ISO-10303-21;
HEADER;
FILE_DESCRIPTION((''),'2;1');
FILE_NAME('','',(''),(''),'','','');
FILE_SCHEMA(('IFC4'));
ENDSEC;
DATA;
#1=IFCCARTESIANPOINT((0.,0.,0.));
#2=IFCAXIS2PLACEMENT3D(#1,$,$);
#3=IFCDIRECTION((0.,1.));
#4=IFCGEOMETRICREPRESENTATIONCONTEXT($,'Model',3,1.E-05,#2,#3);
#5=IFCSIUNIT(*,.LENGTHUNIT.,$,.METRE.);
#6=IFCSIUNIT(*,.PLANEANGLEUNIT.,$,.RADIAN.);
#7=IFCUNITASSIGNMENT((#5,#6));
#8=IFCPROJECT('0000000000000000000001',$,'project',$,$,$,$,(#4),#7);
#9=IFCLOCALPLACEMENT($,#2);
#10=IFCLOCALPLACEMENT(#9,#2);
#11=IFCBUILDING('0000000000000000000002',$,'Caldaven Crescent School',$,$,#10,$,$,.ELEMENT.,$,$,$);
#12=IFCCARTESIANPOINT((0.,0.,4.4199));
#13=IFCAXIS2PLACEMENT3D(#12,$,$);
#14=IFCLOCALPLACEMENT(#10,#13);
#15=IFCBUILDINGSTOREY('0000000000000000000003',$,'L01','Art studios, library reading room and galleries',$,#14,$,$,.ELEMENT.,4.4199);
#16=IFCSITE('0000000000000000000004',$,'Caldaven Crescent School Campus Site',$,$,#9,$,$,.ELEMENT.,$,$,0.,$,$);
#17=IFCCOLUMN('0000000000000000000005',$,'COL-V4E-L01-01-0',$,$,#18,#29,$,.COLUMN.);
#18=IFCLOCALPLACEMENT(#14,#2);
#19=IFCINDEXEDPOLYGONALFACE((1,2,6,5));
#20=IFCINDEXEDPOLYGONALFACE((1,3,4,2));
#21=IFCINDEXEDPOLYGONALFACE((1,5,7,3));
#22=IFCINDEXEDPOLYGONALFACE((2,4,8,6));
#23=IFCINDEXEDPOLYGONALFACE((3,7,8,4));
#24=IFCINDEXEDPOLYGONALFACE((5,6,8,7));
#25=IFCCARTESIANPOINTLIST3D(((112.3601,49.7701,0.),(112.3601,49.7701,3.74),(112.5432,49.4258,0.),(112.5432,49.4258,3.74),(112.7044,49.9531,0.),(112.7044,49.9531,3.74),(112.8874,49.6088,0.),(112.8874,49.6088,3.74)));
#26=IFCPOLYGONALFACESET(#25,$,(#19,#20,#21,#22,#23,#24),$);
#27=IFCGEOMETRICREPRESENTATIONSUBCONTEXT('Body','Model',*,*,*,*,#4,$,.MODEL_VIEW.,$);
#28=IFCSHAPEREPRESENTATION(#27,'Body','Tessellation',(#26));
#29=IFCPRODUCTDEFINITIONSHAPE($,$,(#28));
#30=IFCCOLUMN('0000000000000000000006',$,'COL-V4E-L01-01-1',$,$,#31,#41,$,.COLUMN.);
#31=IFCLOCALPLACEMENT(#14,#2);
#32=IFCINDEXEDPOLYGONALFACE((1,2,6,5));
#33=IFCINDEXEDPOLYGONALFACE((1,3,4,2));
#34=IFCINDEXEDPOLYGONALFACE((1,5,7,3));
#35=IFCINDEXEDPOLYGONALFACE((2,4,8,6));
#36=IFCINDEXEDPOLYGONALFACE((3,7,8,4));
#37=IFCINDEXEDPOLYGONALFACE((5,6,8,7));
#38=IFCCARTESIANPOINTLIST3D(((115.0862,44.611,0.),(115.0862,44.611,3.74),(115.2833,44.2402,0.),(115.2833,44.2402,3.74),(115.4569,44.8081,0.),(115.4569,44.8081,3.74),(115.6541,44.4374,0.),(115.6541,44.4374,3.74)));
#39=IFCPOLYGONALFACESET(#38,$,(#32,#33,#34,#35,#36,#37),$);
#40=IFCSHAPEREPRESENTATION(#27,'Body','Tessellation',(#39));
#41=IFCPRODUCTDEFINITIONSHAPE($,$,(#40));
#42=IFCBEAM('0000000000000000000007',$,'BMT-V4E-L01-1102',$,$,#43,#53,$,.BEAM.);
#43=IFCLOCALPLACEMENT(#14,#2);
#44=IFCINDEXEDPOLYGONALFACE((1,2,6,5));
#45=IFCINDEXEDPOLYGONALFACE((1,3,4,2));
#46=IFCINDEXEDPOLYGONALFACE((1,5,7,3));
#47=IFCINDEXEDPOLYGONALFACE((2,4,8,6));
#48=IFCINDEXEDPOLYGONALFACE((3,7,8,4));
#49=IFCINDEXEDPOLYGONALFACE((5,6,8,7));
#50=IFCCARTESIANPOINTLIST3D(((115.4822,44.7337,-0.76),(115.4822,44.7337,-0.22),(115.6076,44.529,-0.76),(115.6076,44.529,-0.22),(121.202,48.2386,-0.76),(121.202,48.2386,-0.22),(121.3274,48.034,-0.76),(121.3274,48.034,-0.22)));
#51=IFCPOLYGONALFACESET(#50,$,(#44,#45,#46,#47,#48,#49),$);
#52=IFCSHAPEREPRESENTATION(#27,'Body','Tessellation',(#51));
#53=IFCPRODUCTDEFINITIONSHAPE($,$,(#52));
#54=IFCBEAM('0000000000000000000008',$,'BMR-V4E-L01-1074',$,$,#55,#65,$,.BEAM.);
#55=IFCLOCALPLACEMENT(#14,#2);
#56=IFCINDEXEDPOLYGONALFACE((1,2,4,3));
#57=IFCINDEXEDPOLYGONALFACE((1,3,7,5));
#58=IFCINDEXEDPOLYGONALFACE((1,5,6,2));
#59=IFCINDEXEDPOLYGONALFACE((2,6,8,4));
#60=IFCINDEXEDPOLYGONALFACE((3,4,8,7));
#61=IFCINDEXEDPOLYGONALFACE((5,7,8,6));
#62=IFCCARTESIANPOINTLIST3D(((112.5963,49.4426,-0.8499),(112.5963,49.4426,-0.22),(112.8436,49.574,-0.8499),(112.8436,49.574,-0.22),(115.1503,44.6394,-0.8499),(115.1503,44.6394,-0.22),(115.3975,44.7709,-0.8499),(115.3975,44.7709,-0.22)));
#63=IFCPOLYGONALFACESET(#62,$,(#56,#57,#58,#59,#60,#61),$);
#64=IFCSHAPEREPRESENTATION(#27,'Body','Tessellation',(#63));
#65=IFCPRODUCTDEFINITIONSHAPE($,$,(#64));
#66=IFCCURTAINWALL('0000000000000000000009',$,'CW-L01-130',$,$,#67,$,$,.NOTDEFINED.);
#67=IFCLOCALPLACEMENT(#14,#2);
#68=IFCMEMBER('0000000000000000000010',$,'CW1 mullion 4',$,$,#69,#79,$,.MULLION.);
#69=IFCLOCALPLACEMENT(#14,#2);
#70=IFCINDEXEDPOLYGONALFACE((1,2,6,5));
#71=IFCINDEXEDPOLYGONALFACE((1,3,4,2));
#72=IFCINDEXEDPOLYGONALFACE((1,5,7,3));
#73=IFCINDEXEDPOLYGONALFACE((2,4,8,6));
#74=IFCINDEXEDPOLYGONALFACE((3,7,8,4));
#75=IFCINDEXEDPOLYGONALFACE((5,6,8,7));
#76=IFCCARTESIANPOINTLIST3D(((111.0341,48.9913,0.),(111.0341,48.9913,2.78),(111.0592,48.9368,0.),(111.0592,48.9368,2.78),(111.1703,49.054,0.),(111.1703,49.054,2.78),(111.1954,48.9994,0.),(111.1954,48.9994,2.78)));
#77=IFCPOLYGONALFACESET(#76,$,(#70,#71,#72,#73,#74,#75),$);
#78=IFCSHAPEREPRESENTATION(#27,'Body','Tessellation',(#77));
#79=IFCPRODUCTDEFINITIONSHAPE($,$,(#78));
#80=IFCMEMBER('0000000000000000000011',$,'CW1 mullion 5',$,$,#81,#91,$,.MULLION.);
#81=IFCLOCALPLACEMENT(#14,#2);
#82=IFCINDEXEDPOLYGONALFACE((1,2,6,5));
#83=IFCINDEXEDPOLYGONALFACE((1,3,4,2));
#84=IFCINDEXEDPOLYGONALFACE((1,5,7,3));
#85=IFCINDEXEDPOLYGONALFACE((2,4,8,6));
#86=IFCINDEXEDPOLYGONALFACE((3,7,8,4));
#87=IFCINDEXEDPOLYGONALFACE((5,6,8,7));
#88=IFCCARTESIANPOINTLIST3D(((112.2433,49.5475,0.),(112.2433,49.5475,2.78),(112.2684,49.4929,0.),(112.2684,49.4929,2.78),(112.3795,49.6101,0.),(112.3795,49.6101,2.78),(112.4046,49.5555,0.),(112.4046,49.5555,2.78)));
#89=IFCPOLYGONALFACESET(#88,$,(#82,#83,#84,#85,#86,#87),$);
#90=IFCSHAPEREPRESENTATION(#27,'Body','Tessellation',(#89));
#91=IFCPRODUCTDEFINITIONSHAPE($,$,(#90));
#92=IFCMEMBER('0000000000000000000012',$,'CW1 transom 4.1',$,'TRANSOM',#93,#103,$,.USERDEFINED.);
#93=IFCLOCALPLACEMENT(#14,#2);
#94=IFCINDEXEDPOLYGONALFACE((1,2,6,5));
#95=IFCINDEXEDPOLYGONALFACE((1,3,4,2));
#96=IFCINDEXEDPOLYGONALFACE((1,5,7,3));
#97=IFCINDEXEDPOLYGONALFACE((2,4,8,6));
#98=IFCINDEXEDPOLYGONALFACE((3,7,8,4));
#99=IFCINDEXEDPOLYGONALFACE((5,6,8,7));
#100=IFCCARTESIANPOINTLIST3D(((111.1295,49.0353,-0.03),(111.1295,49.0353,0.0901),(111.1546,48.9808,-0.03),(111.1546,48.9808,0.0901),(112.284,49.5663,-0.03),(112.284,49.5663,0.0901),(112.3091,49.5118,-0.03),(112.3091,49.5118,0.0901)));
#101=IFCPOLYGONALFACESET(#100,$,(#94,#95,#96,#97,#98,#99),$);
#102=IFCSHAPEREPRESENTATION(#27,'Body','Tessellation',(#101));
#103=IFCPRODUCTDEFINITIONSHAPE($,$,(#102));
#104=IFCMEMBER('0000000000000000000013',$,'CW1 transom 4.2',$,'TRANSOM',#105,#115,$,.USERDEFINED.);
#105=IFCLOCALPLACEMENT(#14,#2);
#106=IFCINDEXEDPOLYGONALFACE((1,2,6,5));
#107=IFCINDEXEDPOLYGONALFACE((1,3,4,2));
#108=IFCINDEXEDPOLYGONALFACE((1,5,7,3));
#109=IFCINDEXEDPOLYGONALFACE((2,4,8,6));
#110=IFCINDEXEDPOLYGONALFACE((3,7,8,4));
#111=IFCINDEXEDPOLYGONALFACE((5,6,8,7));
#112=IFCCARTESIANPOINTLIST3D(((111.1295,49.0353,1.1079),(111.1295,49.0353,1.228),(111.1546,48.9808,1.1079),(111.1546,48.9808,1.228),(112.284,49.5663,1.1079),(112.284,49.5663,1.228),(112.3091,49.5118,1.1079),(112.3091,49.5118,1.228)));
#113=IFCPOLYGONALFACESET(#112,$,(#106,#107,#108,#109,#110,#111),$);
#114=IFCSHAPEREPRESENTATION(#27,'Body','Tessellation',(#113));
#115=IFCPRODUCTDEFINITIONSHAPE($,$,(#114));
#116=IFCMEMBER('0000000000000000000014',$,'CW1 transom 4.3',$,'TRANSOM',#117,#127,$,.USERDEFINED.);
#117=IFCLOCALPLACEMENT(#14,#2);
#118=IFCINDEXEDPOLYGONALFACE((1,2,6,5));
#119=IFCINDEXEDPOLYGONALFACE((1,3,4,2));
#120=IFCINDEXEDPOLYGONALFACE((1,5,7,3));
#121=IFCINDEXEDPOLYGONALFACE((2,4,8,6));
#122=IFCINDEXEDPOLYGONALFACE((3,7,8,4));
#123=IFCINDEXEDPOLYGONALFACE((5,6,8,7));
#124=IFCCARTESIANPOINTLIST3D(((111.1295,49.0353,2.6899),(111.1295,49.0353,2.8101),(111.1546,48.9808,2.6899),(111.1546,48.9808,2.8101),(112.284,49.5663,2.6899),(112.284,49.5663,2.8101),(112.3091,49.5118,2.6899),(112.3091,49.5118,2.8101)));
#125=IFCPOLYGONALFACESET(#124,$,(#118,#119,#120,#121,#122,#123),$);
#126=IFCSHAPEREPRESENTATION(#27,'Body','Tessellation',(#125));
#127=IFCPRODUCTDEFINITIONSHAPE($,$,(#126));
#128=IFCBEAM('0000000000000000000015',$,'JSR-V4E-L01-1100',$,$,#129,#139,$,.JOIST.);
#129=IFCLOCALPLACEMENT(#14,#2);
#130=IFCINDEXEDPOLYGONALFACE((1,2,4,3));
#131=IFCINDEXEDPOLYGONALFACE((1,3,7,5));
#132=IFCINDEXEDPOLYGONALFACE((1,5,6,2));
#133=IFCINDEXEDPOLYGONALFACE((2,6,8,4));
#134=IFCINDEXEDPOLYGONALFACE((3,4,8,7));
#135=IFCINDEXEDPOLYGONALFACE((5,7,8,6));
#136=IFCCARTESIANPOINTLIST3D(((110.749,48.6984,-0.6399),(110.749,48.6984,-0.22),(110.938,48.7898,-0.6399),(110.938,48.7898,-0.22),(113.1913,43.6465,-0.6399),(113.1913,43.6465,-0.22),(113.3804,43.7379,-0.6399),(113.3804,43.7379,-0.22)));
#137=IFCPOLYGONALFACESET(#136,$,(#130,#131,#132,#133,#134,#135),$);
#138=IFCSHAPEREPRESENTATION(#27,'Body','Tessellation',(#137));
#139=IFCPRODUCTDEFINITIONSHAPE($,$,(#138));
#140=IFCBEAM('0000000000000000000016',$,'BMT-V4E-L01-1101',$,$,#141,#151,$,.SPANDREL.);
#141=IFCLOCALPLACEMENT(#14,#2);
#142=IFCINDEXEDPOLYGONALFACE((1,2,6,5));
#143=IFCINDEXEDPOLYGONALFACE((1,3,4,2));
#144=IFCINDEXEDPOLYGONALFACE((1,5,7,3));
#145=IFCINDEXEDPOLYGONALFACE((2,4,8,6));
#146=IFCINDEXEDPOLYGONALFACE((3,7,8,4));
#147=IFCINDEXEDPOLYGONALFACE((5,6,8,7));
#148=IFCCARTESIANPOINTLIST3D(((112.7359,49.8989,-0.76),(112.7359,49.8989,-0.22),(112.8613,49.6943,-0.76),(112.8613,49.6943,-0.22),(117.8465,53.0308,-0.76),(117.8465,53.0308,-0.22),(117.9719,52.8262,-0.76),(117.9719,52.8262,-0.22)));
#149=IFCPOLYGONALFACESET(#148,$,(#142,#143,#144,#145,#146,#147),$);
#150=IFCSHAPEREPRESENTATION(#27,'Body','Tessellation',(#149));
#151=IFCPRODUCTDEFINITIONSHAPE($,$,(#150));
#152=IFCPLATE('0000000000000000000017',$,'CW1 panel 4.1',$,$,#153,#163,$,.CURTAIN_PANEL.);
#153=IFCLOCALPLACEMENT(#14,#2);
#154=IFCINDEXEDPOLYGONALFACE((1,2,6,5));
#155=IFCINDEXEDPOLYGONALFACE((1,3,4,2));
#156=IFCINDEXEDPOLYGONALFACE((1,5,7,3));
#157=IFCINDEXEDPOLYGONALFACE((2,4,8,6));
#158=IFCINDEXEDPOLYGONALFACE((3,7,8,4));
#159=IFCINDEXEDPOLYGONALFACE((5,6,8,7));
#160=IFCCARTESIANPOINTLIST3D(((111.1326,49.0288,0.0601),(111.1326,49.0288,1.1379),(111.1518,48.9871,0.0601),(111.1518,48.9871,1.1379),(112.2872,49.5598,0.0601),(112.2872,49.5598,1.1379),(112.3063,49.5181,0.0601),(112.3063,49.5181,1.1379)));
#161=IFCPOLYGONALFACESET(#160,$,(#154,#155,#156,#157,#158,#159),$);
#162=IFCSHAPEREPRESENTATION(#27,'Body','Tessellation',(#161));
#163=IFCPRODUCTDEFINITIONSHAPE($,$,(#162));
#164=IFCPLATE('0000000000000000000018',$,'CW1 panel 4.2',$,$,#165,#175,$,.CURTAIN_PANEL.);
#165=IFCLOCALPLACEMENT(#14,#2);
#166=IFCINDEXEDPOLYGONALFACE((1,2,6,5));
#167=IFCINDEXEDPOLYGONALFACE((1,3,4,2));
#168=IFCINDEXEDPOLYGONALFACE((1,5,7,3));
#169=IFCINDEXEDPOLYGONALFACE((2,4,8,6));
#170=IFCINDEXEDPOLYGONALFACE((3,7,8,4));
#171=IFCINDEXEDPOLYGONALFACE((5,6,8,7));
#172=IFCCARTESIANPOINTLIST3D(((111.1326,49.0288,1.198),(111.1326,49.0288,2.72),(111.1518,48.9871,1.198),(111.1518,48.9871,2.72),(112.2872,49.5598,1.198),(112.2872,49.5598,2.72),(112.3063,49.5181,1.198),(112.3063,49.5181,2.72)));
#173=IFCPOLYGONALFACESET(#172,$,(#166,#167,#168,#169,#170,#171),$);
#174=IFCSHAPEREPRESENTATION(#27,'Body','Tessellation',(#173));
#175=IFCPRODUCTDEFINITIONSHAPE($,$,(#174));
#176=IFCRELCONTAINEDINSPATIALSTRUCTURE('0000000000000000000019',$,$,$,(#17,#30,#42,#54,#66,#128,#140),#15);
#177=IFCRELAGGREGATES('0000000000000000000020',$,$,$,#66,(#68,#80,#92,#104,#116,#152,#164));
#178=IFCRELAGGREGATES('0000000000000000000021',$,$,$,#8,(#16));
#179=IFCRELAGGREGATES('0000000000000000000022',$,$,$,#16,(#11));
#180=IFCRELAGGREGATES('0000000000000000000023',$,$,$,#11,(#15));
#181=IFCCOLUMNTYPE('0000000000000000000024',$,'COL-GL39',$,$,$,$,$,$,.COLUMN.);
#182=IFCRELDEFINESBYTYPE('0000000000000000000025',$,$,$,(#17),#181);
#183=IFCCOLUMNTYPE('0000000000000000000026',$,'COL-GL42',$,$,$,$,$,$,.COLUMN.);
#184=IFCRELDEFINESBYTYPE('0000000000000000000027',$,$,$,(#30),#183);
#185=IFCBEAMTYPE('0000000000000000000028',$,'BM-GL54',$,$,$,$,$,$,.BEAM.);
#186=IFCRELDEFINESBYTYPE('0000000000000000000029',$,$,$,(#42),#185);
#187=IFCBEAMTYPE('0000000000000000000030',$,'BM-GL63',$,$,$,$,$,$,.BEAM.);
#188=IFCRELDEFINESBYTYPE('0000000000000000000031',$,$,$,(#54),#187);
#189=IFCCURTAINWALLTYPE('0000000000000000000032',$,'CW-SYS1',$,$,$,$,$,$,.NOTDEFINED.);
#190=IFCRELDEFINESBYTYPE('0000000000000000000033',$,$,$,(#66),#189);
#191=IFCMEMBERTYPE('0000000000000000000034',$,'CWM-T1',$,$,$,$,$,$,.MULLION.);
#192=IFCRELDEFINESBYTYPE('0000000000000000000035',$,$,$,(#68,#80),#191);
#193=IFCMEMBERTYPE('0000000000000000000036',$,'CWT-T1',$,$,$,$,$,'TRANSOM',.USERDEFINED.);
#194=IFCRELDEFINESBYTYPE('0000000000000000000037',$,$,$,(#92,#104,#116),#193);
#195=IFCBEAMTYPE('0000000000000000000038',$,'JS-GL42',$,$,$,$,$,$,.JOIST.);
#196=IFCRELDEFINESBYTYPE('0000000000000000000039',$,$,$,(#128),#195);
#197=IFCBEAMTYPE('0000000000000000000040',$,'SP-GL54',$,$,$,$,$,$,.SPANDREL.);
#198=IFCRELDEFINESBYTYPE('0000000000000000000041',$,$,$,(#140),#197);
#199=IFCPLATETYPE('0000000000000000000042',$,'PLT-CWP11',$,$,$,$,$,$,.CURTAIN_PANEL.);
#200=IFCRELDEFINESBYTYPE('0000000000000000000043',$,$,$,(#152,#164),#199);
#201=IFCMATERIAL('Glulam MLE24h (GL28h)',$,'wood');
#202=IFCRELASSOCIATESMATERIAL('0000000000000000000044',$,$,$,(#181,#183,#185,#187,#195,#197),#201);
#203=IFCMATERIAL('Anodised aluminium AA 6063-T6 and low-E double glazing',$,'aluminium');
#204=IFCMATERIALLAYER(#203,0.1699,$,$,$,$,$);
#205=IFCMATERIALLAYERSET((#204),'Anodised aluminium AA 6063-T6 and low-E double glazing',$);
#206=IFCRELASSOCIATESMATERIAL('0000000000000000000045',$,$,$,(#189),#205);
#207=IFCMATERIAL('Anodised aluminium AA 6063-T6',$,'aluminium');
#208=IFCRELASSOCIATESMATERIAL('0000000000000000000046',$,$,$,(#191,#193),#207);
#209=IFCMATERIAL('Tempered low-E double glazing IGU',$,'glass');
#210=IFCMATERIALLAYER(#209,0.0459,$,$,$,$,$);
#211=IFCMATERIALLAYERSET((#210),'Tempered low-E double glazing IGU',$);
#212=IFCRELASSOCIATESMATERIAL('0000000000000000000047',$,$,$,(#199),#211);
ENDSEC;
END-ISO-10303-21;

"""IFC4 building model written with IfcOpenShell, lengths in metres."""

from ifc_helpers import new_model, si_unit, direction, frame, origin, origin_2d, place, context, subcontext, project, spatial, rectangle, extrude, material, layer, layer_set, material_profile, profile_set, type_object, element, aggregate, save


model = new_model("IFC4")

# Units and contexts
model_context = context("Model", 3, precision=1e-05, world=origin(), true_north=direction((0.0, 1.0)))
body_context = subcontext(model_context, "Body", "Model", "MODEL_VIEW")
ifc_project = project(units=[si_unit("LENGTHUNIT", "METRE"), si_unit("PLANEANGLEUNIT", "RADIAN")], contexts=[model_context])

# Site, building, storey
site_placement = place(None, origin())
site = spatial("IfcSite", under=ifc_project, at=site_placement, Name="Caldaven Crescent School Campus Site", CompositionType="ELEMENT", RefElevation=0.0)
building_placement = place(site_placement, origin())
building = spatial("IfcBuilding", under=site, at=building_placement, Name="Caldaven Crescent School", CompositionType="ELEMENT")
storey_placement = place(building_placement, frame((0.0, 0.0, 4.4199)))
storey = spatial("IfcBuildingStorey", under=building, at=storey_placement, Name="L01", Description="Art studios, library reading room and galleries", CompositionType="ELEMENT", Elevation=4.4199)

# Columns
ifc_material_1 = material(Name="Glulam MLE24h (GL28h)", Category="wood")
ifc_material_profile_1 = material_profile(ifc_material_1, rectangle(XDim=0.3899, YDim=0.3899, at=origin_2d()), Name="MLE 390x390")
ifc_profile_set_1 = profile_set([ifc_material_profile_1], Name="Glulam MLE24h (GL28h)")
column_type_1 = type_object("IfcColumnType", Name="COL-GL39", PredefinedType="COLUMN", material=ifc_profile_set_1)
column_1_placement = place(storey_placement, frame((112.6238, 49.6895, 0.0), z_axis=(0.0, 0.0, 1.0), x_axis=(0.469472, -0.882948, 0.0)))
element("IfcColumn", 1, at=column_1_placement, inside=storey, type_object=column_type_1, Name="COL-V4E-L01-01-0", PredefinedType="COLUMN", context=body_context, shape_type="SweptSolid", body=[
    extrude(rectangle(XDim=0.3899, YDim=0.3899, at=origin_2d()), origin(), (0.0, 0.0, 1.0), 3.74),
])
ifc_material_profile_2 = material_profile(ifc_material_1, rectangle(XDim=0.4199, YDim=0.4199, at=origin_2d()), Name="MLE 420x420")
ifc_profile_set_2 = profile_set([ifc_material_profile_2], Name="Glulam MLE24h (GL28h)")
column_type_2 = type_object("IfcColumnType", Name="COL-GL42", PredefinedType="COLUMN", material=ifc_profile_set_2)
column_2_placement = place(storey_placement, frame((115.3701, 44.5242, 0.0), z_axis=(0.0, 0.0, 1.0), x_axis=(0.469472, -0.882948, 0.0)))
element("IfcColumn", 2, at=column_2_placement, inside=storey, type_object=column_type_2, Name="COL-V4E-L01-01-1", PredefinedType="COLUMN", context=body_context, shape_type="SweptSolid", body=[
    extrude(rectangle(XDim=0.4199, YDim=0.4199, at=origin_2d()), origin(), (0.0, 0.0, 1.0), 3.74),
])

# Beams
ifc_material_profile_3 = material_profile(ifc_material_1, rectangle(XDim=0.24, YDim=0.54, at=origin_2d()), Name="MLE 240x540")
ifc_profile_set_3 = profile_set([ifc_material_profile_3], Name="Glulam MLE24h (GL28h)")
beam_type_1 = type_object("IfcBeamType", Name="BM-GL54", PredefinedType="BEAM", material=ifc_profile_set_3)
beam_1_placement = place(storey_placement, frame((115.5449, 44.6313, -0.49), z_axis=(0.852651, 0.52248, 0.0), x_axis=(-0.52248, 0.852651, 0.0)))
element("IfcBeam", 3, at=beam_1_placement, inside=storey, type_object=beam_type_1, Name="BMT-V4E-L01-1102", PredefinedType="BEAM", context=body_context, shape_type="SweptSolid", body=[
    extrude(rectangle(XDim=0.24, YDim=0.54, at=origin_2d()), origin(), (0.0, 0.0, 1.0), 6.7083),
])
ifc_material_profile_4 = material_profile(ifc_material_1, rectangle(XDim=0.28, YDim=0.6299, at=origin_2d()), Name="MLE 280x630")
ifc_profile_set_4 = profile_set([ifc_material_profile_4], Name="Glulam MLE24h (GL28h)")
beam_type_2 = type_object("IfcBeamType", Name="BM-GL63", PredefinedType="BEAM", material=ifc_profile_set_4)
beam_2_placement = place(storey_placement, frame((112.72, 49.5083, -0.5349), z_axis=(0.469477, -0.882945, 0.0), x_axis=(0.882945, 0.469477, 0.0)))
element("IfcBeam", 4, at=beam_2_placement, inside=storey, type_object=beam_type_2, Name="BMR-V4E-L01-1074", PredefinedType="BEAM", context=body_context, shape_type="SweptSolid", body=[
    extrude(rectangle(XDim=0.28, YDim=0.6299, at=origin_2d()), origin(), (0.0, 0.0, 1.0), 5.4399),
])

# Curtain wall, members
ifc_material_2 = material(Name="Anodised aluminium AA 6063-T6 and low-E double glazing", Category="aluminium")
ifc_layer_1 = layer(ifc_material_2, 0.1699)
ifc_layer_set_1 = layer_set([ifc_layer_1], Name="Anodised aluminium AA 6063-T6 and low-E double glazing")
curtain_wall_type = type_object("IfcCurtainWallType", Name="CW-SYS1", PredefinedType="NOTDEFINED", material=ifc_layer_set_1)
curtain_wall_placement = place(storey_placement, origin())
curtain_wall = element("IfcCurtainWall", 5, at=curtain_wall_placement, inside=storey, type_object=curtain_wall_type, Name="CW-L01-130", PredefinedType="NOTDEFINED")
ifc_material_3 = material(Name="Anodised aluminium AA 6063-T6", Category="aluminium")
ifc_material_profile_5 = material_profile(ifc_material_3, rectangle(XDim=0.0601, YDim=0.1499, at=origin_2d()), Name="CWM 60x150")
ifc_profile_set_5 = profile_set([ifc_material_profile_5], Name="Anodised aluminium AA 6063-T6")
member_type_1 = type_object("IfcMemberType", Name="CWM-T1", PredefinedType="MULLION", material=ifc_profile_set_5)
member_1_placement = place(storey_placement, frame((111.1147, 48.9954, 0.0), z_axis=(0.0, 0.0, 1.0), x_axis=(-0.417824, 0.908528, 0.0)))
member_1 = element("IfcMember", 6, at=member_1_placement, type_object=member_type_1, Name="CW1 mullion 4", PredefinedType="MULLION", context=body_context, shape_type="SweptSolid", body=[
    extrude(rectangle(XDim=0.0601, YDim=0.1499, at=origin_2d()), origin(), (0.0, 0.0, 1.0), 2.78),
])
member_2_placement = place(storey_placement, frame((112.324, 49.5515, 0.0), z_axis=(0.0, 0.0, 1.0), x_axis=(-0.417824, 0.908528, 0.0)))
member_2 = element("IfcMember", 7, at=member_2_placement, type_object=member_type_1, Name="CW1 mullion 5", PredefinedType="MULLION", context=body_context, shape_type="SweptSolid", body=[
    extrude(rectangle(XDim=0.0601, YDim=0.1499, at=origin_2d()), origin(), (0.0, 0.0, 1.0), 2.78),
])
ifc_material_profile_6 = material_profile(ifc_material_3, rectangle(XDim=0.0601, YDim=0.1201, at=origin_2d()), Name="CWT 60x120")
ifc_profile_set_6 = profile_set([ifc_material_profile_6], Name="Anodised aluminium AA 6063-T6")
member_type_2 = type_object("IfcMemberType", Name="CWT-T1", ElementType="TRANSOM", PredefinedType="USERDEFINED", material=ifc_profile_set_6)
member_3_placement = place(storey_placement, frame((111.1421, 49.0081, 0.03), z_axis=(0.908515, 0.417852, 0.0), x_axis=(-0.417852, 0.908515, 0.0)))
member_3 = element("IfcMember", 8, at=member_3_placement, type_object=member_type_2, Name="CW1 transom 4.1", ObjectType="TRANSOM", PredefinedType="USERDEFINED", context=body_context, shape_type="SweptSolid", body=[
    extrude(rectangle(XDim=0.0601, YDim=0.1201, at=origin_2d()), origin(), (0.0, 0.0, 1.0), 1.2708),
])
member_4_placement = place(storey_placement, frame((111.1421, 49.0081, 1.168), z_axis=(0.908515, 0.417852, 0.0), x_axis=(-0.417852, 0.908515, 0.0)))
member_4 = element("IfcMember", 9, at=member_4_placement, type_object=member_type_2, Name="CW1 transom 4.2", ObjectType="TRANSOM", PredefinedType="USERDEFINED", context=body_context, shape_type="SweptSolid", body=[
    extrude(rectangle(XDim=0.0601, YDim=0.1201, at=origin_2d()), origin(), (0.0, 0.0, 1.0), 1.2708),
])
member_5_placement = place(storey_placement, frame((111.1421, 49.0081, 2.75), z_axis=(0.908515, 0.417852, 0.0), x_axis=(-0.417852, 0.908515, 0.0)))
member_5 = element("IfcMember", 10, at=member_5_placement, type_object=member_type_2, Name="CW1 transom 4.3", ObjectType="TRANSOM", PredefinedType="USERDEFINED", context=body_context, shape_type="SweptSolid", body=[
    extrude(rectangle(XDim=0.0601, YDim=0.1201, at=origin_2d()), origin(), (0.0, 0.0, 1.0), 1.2708),
])

# Beams
ifc_material_profile_7 = material_profile(ifc_material_1, rectangle(XDim=0.21, YDim=0.4199, at=origin_2d()), Name="MLE 210x420")
ifc_profile_set_7 = profile_set([ifc_material_profile_7], Name="Glulam MLE24h (GL28h)")
beam_type_3 = type_object("IfcBeamType", Name="JS-GL42", PredefinedType="JOIST", material=ifc_profile_set_7)
beam_3_placement = place(storey_placement, frame((110.8435, 48.7441, -0.4299), z_axis=(0.435253, -0.900308, 0.0), x_axis=(0.900308, 0.435253, 0.0)))
element("IfcBeam", 11, at=beam_3_placement, inside=storey, type_object=beam_type_3, Name="JSR-V4E-L01-1100", PredefinedType="JOIST", context=body_context, shape_type="SweptSolid", body=[
    extrude(rectangle(XDim=0.21, YDim=0.4199, at=origin_2d()), origin(), (0.0, 0.0, 1.0), 5.6113),
])
ifc_material_profile_8 = material_profile(ifc_material_1, rectangle(XDim=0.24, YDim=0.54, at=origin_2d()), Name="MLE 240x540")
ifc_profile_set_8 = profile_set([ifc_material_profile_8], Name="Glulam MLE24h (GL28h)")
beam_type_4 = type_object("IfcBeamType", Name="SP-GL54", PredefinedType="SPANDREL", material=ifc_profile_set_8)
beam_4_placement = place(storey_placement, frame((112.7986, 49.7966, -0.49), z_axis=(0.852636, 0.522506, 0.0), x_axis=(-0.522506, 0.852636, 0.0)))
element("IfcBeam", 12, at=beam_4_placement, inside=storey, type_object=beam_type_4, Name="BMT-V4E-L01-1101", PredefinedType="SPANDREL", context=body_context, shape_type="SweptSolid", body=[
    extrude(rectangle(XDim=0.24, YDim=0.54, at=origin_2d()), origin(), (0.0, 0.0, 1.0), 5.9939),
])

# Plates
ifc_material_4 = material(Name="Tempered low-E double glazing IGU", Category="glass")
ifc_layer_2 = layer(ifc_material_4, 0.0459)
ifc_layer_set_2 = layer_set([ifc_layer_2], Name="Tempered low-E double glazing IGU")
plate_type = type_object("IfcPlateType", Name="PLT-CWP11", PredefinedType="CURTAIN_PANEL", material=ifc_layer_set_2)
plate_1_placement = place(storey_placement, frame((111.7195, 49.2734, 0.0601), z_axis=(0.0, 0.0, 1.0), x_axis=(0.908528, 0.417824, 0.0)))
plate_1 = element("IfcPlate", 13, at=plate_1_placement, type_object=plate_type, Name="CW1 panel 4.1", PredefinedType="CURTAIN_PANEL", context=body_context, shape_type="SweptSolid", body=[
    extrude(rectangle(XDim=1.2708, YDim=0.0459, at=origin_2d()), origin(), (0.0, 0.0, 1.0), 1.0779),
])
plate_2_placement = place(storey_placement, frame((111.7195, 49.2734, 1.198), z_axis=(0.0, 0.0, 1.0), x_axis=(0.908528, 0.417824, 0.0)))
plate_2 = element("IfcPlate", 14, at=plate_2_placement, type_object=plate_type, Name="CW1 panel 4.2", PredefinedType="CURTAIN_PANEL", context=body_context, shape_type="SweptSolid", body=[
    extrude(rectangle(XDim=1.2708, YDim=0.0459, at=origin_2d()), origin(), (0.0, 0.0, 1.0), 1.522),
])
aggregate(curtain_wall, [member_1, member_2, member_3, member_4, member_5, plate_1, plate_2])

save(model, "model.ifc")
